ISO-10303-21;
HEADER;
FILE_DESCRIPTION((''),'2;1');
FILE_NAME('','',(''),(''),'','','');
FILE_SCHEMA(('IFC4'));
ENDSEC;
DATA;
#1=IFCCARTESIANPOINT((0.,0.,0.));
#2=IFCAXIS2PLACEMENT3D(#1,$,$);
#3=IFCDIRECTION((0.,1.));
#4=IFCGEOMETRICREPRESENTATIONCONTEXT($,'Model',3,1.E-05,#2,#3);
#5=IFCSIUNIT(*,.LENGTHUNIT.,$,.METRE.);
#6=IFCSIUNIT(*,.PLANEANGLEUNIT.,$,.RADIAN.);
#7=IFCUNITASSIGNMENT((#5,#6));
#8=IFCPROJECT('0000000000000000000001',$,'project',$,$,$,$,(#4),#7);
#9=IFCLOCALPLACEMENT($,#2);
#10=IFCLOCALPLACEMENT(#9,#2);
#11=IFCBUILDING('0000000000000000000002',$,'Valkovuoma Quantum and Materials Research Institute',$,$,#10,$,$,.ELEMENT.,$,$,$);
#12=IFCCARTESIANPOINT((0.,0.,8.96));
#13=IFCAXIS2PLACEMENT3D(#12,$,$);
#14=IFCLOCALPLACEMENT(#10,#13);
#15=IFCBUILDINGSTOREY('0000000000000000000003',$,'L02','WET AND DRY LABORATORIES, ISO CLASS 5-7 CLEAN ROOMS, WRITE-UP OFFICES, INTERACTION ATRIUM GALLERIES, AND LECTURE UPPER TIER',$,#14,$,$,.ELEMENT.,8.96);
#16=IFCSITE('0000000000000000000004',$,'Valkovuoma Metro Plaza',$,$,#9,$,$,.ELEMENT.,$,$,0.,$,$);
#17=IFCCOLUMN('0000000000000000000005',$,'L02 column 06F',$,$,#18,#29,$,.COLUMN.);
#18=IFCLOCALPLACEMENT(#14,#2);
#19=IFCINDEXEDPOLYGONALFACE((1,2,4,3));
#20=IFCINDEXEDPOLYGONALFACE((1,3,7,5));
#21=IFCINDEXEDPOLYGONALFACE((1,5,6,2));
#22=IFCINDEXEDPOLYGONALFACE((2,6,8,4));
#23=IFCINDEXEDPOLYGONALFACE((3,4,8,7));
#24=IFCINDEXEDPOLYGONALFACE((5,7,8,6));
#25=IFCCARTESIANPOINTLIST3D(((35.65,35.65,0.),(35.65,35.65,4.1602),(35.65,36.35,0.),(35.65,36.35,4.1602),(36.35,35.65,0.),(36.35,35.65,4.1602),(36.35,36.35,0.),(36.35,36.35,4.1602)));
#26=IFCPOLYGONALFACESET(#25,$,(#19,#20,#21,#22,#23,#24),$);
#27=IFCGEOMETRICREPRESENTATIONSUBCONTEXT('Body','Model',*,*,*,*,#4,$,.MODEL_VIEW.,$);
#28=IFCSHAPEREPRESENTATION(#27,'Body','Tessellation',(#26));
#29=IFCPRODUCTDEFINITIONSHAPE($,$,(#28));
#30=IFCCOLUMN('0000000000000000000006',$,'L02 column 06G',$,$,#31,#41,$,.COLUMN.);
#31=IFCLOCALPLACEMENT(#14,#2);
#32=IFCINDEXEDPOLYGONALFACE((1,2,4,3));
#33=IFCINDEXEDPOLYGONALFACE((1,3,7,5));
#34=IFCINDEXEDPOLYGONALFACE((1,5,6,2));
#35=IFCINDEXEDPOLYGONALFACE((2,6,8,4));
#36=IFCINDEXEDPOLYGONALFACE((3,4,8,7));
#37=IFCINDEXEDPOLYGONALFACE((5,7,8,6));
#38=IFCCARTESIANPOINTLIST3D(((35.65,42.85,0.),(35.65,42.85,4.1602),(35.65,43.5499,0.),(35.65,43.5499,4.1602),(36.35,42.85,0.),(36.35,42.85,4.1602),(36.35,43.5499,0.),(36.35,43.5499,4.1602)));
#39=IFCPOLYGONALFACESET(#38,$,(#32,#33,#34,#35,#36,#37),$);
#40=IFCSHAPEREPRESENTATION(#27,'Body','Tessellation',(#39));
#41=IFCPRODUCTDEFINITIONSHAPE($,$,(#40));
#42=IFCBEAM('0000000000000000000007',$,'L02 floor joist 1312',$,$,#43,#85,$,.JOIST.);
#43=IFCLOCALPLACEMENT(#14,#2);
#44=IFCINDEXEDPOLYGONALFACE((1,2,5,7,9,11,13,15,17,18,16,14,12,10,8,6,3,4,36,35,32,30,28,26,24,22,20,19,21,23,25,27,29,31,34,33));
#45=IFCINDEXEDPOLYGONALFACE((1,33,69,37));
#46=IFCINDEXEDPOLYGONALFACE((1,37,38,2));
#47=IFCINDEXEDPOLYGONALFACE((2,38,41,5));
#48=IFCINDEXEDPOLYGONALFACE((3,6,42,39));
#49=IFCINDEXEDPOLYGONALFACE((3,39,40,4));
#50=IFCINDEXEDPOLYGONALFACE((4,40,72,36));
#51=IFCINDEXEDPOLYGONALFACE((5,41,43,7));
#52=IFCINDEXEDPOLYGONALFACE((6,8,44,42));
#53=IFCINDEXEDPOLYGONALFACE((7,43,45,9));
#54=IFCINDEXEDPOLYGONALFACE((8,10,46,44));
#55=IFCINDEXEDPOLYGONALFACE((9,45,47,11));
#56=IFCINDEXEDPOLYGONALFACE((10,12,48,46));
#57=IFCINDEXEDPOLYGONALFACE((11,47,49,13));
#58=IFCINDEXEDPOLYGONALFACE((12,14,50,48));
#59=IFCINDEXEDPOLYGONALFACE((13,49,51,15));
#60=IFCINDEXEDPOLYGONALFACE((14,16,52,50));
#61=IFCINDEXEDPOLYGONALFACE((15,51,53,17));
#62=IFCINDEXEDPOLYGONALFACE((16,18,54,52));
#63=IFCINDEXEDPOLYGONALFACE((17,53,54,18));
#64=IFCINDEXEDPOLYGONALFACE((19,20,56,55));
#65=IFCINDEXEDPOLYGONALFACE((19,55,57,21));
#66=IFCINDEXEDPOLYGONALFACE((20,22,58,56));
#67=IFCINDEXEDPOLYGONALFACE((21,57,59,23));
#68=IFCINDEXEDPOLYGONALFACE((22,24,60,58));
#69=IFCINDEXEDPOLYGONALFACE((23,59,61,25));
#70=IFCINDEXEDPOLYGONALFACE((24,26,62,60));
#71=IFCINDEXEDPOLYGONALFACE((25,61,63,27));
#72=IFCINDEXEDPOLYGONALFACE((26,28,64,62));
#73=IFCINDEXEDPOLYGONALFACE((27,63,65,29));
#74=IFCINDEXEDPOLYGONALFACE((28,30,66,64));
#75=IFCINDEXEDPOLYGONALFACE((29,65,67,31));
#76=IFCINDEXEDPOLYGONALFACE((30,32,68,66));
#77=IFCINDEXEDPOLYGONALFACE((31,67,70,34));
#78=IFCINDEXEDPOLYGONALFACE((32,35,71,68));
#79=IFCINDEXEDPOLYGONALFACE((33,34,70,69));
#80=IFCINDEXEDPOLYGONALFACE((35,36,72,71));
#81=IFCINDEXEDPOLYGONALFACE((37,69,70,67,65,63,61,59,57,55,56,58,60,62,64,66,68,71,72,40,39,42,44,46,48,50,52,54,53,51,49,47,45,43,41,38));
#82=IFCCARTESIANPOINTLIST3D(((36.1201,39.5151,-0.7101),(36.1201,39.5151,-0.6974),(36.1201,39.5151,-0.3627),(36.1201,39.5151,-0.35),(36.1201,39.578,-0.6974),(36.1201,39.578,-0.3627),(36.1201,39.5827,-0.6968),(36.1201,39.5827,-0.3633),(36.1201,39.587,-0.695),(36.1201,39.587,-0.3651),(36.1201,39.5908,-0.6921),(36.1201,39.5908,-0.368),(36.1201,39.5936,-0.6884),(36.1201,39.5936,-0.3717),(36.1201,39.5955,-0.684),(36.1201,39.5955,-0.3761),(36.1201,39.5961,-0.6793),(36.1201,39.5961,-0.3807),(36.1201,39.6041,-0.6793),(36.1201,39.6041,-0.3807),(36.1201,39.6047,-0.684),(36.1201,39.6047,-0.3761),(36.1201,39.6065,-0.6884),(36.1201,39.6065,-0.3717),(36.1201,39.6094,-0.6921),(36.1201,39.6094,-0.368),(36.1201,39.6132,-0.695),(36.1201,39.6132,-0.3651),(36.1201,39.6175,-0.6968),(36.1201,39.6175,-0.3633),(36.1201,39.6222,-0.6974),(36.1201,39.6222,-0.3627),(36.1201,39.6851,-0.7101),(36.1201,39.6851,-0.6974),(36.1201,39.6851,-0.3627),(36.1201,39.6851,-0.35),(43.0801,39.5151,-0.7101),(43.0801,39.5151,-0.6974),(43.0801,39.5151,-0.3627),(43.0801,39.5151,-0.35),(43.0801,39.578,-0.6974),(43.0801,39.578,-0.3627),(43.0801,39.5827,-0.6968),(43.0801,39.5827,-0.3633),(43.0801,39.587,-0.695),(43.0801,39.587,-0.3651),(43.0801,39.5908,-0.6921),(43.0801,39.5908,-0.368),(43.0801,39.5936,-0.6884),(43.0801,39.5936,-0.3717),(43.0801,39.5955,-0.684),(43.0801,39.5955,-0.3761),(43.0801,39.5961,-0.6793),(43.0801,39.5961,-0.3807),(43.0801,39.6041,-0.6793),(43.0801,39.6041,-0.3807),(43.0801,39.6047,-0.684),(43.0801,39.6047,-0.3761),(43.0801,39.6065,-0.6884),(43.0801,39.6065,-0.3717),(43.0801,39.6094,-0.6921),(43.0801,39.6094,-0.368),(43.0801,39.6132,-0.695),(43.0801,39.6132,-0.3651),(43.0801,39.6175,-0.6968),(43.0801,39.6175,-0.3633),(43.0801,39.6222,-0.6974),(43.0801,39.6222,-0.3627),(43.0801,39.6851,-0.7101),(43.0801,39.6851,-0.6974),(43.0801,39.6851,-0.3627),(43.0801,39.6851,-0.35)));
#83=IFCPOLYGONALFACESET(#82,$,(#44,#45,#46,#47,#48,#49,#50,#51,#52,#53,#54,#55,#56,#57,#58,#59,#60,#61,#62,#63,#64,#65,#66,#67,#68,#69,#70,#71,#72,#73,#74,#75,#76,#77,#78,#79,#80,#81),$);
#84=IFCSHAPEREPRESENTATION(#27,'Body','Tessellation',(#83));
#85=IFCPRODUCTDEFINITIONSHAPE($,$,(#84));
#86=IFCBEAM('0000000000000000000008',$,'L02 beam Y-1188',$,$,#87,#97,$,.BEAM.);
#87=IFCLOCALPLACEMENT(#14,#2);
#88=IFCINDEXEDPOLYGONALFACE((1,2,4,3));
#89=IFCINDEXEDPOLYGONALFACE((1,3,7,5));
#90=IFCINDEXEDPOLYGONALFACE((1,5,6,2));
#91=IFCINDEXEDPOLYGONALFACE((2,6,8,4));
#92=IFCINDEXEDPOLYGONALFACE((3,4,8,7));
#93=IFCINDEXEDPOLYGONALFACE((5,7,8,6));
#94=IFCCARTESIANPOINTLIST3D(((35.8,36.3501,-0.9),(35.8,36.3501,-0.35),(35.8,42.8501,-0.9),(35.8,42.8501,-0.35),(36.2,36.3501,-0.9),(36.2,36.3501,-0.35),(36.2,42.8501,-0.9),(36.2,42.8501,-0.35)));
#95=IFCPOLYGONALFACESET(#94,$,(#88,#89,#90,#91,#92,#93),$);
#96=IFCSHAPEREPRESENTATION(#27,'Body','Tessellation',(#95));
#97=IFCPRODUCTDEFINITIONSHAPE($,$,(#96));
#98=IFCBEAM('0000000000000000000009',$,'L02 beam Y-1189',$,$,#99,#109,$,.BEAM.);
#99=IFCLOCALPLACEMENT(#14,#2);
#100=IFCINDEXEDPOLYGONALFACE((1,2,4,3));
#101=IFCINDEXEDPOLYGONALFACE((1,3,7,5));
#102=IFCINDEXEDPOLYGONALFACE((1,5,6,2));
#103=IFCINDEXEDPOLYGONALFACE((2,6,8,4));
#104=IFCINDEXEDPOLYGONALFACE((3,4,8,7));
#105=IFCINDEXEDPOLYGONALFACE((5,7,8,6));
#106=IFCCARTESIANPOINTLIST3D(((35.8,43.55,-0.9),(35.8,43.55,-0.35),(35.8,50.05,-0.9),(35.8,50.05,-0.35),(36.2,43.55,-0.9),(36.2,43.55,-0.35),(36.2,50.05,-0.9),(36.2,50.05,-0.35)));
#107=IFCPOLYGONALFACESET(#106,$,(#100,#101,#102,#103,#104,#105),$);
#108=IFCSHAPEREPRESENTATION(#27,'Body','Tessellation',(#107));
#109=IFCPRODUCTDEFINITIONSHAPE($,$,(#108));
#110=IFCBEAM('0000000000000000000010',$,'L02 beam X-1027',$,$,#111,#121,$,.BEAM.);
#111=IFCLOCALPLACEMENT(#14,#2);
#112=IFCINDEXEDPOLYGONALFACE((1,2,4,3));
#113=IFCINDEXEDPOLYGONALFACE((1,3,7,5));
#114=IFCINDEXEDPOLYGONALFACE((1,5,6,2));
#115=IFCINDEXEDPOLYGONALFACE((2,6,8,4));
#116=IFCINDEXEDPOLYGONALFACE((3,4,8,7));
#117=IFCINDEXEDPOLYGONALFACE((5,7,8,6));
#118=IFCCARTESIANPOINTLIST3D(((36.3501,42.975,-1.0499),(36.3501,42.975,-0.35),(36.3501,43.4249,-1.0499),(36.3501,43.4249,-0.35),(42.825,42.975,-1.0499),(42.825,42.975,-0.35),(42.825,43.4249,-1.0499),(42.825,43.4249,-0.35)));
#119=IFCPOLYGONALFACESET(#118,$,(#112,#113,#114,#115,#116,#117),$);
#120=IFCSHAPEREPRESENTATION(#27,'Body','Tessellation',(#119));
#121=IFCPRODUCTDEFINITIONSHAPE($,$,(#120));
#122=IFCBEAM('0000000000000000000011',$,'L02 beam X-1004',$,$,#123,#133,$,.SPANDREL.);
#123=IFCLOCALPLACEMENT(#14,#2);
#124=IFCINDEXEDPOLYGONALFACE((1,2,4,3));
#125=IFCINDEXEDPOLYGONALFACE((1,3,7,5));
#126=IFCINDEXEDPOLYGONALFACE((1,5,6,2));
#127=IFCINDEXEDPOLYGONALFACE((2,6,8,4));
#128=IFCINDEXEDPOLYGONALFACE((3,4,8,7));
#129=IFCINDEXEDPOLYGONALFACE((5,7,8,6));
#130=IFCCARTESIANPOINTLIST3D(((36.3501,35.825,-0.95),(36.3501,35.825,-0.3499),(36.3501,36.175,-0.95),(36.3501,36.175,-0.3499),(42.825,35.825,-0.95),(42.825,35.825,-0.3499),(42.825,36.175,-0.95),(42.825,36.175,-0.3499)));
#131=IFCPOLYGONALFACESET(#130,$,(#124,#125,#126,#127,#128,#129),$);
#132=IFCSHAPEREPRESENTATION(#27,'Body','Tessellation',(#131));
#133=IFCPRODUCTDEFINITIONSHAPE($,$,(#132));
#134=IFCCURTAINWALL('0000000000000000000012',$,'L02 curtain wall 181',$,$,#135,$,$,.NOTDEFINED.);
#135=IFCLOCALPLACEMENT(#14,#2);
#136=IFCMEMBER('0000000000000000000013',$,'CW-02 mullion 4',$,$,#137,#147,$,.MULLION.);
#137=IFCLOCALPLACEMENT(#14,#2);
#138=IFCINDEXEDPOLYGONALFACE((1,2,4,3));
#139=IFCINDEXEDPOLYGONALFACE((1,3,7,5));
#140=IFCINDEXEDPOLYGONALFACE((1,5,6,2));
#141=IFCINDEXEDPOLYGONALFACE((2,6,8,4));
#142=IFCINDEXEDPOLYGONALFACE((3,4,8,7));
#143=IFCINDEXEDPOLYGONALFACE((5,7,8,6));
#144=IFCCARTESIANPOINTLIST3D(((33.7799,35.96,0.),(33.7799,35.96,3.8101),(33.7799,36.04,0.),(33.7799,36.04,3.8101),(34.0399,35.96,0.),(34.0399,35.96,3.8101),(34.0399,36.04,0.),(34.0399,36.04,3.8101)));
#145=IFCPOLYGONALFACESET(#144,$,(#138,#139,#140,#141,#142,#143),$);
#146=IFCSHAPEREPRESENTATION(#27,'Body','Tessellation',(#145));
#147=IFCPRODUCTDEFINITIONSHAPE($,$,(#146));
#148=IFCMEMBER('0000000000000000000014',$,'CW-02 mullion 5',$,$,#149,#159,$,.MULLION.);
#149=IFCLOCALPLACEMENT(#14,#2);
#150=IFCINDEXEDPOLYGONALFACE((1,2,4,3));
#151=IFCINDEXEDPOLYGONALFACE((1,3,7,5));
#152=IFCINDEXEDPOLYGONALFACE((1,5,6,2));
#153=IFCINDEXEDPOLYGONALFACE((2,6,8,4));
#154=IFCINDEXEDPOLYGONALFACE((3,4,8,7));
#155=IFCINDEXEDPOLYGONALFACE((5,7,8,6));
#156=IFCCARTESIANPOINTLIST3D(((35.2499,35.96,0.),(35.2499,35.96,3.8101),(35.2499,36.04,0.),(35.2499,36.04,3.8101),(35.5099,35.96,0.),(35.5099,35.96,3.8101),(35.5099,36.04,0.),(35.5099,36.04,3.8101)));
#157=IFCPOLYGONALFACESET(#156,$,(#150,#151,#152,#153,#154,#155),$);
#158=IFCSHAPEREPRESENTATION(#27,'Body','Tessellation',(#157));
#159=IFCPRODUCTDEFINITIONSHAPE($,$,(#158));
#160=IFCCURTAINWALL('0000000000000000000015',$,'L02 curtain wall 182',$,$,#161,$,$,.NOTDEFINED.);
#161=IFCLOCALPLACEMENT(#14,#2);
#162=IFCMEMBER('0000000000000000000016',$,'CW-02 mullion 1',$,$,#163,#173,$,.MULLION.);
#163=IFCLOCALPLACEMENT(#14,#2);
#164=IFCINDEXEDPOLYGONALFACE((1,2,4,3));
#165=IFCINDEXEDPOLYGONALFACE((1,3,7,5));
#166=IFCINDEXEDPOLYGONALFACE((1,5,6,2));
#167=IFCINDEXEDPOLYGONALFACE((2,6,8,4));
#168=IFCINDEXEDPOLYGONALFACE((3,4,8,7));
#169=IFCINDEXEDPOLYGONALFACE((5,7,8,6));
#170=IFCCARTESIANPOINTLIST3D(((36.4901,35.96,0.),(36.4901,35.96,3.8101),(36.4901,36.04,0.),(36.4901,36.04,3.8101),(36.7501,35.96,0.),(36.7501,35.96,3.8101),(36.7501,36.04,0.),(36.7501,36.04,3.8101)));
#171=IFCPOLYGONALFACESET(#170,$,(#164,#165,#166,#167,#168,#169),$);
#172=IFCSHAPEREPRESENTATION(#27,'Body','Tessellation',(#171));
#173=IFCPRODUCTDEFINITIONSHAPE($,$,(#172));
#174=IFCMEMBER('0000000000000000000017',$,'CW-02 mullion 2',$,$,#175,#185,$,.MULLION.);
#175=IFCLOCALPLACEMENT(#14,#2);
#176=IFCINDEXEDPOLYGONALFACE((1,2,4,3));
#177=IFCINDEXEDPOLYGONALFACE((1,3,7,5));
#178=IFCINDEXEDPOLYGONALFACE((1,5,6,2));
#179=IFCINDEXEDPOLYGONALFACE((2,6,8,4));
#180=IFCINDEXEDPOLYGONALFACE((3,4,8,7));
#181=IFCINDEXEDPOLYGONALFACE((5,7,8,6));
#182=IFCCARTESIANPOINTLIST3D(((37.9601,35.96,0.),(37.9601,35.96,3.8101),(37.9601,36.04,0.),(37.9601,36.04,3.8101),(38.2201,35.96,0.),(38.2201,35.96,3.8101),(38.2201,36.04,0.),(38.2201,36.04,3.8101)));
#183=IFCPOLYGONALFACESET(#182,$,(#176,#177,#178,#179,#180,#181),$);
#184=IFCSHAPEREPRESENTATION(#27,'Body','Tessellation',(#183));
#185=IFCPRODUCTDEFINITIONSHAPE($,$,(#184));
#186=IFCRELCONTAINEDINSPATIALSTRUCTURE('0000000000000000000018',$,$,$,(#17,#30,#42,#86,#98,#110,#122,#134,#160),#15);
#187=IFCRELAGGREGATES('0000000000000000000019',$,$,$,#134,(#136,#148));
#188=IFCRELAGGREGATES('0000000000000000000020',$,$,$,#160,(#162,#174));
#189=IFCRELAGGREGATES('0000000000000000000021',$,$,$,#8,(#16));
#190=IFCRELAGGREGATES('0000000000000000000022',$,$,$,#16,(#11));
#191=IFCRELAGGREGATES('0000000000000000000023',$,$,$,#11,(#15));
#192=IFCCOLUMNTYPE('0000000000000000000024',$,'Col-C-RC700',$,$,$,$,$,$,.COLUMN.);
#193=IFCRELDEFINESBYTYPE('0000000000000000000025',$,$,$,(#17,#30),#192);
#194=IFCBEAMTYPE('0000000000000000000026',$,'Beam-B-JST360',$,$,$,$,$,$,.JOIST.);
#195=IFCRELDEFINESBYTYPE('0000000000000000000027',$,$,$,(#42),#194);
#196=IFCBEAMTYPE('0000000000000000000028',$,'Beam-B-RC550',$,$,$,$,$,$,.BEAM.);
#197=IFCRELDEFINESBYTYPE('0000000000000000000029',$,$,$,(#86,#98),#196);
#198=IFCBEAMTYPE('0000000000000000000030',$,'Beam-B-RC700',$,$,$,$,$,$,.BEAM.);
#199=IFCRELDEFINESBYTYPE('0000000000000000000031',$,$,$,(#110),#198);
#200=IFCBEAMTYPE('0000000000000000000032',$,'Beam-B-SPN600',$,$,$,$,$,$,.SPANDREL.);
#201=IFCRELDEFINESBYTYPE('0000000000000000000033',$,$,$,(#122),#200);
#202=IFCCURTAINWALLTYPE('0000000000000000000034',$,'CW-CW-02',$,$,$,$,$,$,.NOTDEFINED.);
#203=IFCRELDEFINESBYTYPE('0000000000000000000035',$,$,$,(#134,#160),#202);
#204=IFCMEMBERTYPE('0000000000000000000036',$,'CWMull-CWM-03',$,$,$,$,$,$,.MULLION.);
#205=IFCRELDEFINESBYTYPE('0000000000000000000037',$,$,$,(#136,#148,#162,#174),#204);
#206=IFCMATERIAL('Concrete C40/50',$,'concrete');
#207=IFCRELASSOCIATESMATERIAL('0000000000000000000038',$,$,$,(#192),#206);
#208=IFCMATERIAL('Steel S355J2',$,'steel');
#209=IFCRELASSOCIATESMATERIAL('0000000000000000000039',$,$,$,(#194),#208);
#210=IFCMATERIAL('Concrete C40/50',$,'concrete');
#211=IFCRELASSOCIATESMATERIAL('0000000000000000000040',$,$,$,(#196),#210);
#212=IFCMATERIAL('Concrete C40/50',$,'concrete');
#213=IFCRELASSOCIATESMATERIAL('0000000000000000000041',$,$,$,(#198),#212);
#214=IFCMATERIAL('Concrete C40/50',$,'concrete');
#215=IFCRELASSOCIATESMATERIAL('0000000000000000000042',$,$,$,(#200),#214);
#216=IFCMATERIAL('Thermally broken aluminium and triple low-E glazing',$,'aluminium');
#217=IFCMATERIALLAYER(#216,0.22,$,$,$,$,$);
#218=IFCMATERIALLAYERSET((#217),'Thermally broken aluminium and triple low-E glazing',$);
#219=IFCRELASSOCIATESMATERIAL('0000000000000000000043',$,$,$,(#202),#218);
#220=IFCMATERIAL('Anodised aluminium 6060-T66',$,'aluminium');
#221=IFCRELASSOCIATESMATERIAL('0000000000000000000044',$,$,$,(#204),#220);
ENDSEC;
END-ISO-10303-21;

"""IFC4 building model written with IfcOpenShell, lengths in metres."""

from ifc_helpers import new_model, si_unit, direction, frame, origin, origin_2d, place, context, subcontext, project, spatial, rectangle, i_section, extrude, material, layer, layer_set, material_profile, profile_set, type_object, element, aggregate, save


model = new_model("IFC4")

# Units and contexts
model_context = context("Model", 3, precision=1e-05, world=origin(), true_north=direction((0.0, 1.0)))
body_context = subcontext(model_context, "Body", "Model", "MODEL_VIEW")
ifc_project = project(units=[si_unit("LENGTHUNIT", "METRE"), si_unit("PLANEANGLEUNIT", "RADIAN")], contexts=[model_context])

# Site, building, storey
site_placement = place(None, origin())
site = spatial("IfcSite", under=ifc_project, at=site_placement, Name="Valkovuoma Metro Plaza", CompositionType="ELEMENT", RefElevation=0.0)
building_placement = place(site_placement, origin())
building = spatial("IfcBuilding", under=site, at=building_placement, Name="Valkovuoma Quantum and Materials Research Institute", CompositionType="ELEMENT")
storey_placement = place(building_placement, frame((0.0, 0.0, 8.96)))
storey = spatial("IfcBuildingStorey", under=building, at=storey_placement, Name="L02", Description="WET AND DRY LABORATORIES, ISO CLASS 5-7 CLEAN ROOMS, WRITE-UP OFFICES, INTERACTION ATRIUM GALLERIES, AND LECTURE UPPER TIER", CompositionType="ELEMENT", Elevation=8.96)

# Columns
ifc_material_1 = material(Name="Concrete C40/50", Category="concrete")
ifc_material_profile_1 = material_profile(ifc_material_1, rectangle(XDim=0.7, YDim=0.7, at=origin_2d()), Name="Concrete C40/50")
ifc_profile_set_1 = profile_set([ifc_material_profile_1], Name="Concrete C40/50")
column_type = type_object("IfcColumnType", Name="Col-C-RC700", PredefinedType="COLUMN", material=ifc_profile_set_1)
for number, where, z_axis, x_axis, name in (
    (1, (36.0, 36.0, 0.0), (0.0, 0.0, 1.0), (1.0, 0.0, 0.0), "L02 column 06F"),
    (2, (36.0, 43.2, 0.0), (0.0, 0.0, 1.0), (1.0, 0.0, 0.0), "L02 column 06G"),
):
    element("IfcColumn", number, at=place(storey_placement, frame(where, z_axis=z_axis, x_axis=x_axis)), inside=storey, type_object=column_type, Name=name, PredefinedType="COLUMN", context=body_context, shape_type="SweptSolid", body=[
        extrude(rectangle(XDim=0.7, YDim=0.7, at=origin_2d()), origin(), (0.0, 0.0, 1.0), 4.1602),
    ])

# Beams
ifc_material_2 = material(Name="Steel S355J2", Category="steel")
ifc_material_profile_2 = material_profile(ifc_material_2, i_section(OverallWidth=0.1699, OverallDepth=0.3601, WebThickness=0.0081, FlangeThickness=0.0127, FilletRadius=0.0181, at=origin_2d()), Name="Steel S355J2")
ifc_profile_set_2 = profile_set([ifc_material_profile_2], Name="Steel S355J2")
beam_type_1 = type_object("IfcBeamType", Name="Beam-B-JST360", PredefinedType="JOIST", material=ifc_profile_set_2)
beam_1_placement = place(storey_placement, frame((36.1201, 39.6001, -0.53), z_axis=(1.0, 0.0, 0.0), x_axis=(0.0, 1.0, 0.0)))
element("IfcBeam", 3, at=beam_1_placement, inside=storey, type_object=beam_type_1, Name="L02 floor joist 1312", PredefinedType="JOIST", context=body_context, shape_type="SweptSolid", body=[
    extrude(i_section(OverallWidth=0.1699, OverallDepth=0.3601, WebThickness=0.0081, FlangeThickness=0.0127, FilletRadius=0.0181, at=origin_2d()), origin(), (0.0, 0.0, 1.0), 6.96),
])
ifc_material_3 = material(Name="Concrete C40/50", Category="concrete")
ifc_material_profile_3 = material_profile(ifc_material_3, rectangle(XDim=0.3999, YDim=0.55, at=origin_2d()), Name="Concrete C40/50")
ifc_profile_set_3 = profile_set([ifc_material_profile_3], Name="Concrete C40/50")
beam_type_2 = type_object("IfcBeamType", Name="Beam-B-RC550", PredefinedType="BEAM", material=ifc_profile_set_3)
for number, where, z_axis, x_axis, name in (
    (4, (36.0, 36.3501, -0.625), (0.0, 1.0, 0.0), (-1.0, 0.0, 0.0), "L02 beam Y-1188"),
    (5, (36.0, 43.55, -0.625), (0.0, 1.0, 0.0), (-1.0, 0.0, 0.0), "L02 beam Y-1189"),
):
    element("IfcBeam", number, at=place(storey_placement, frame(where, z_axis=z_axis, x_axis=x_axis)), inside=storey, type_object=beam_type_2, Name=name, PredefinedType="BEAM", context=body_context, shape_type="SweptSolid", body=[
        extrude(rectangle(XDim=0.3999, YDim=0.55, at=origin_2d()), origin(), (0.0, 0.0, 1.0), 6.5),
    ])
ifc_material_4 = material(Name="Concrete C40/50", Category="concrete")
ifc_material_profile_4 = material_profile(ifc_material_4, rectangle(XDim=0.45, YDim=0.7, at=origin_2d()), Name="Concrete C40/50")
ifc_profile_set_4 = profile_set([ifc_material_profile_4], Name="Concrete C40/50")
beam_type_3 = type_object("IfcBeamType", Name="Beam-B-RC700", PredefinedType="BEAM", material=ifc_profile_set_4)
beam_2_placement = place(storey_placement, frame((36.3501, 43.2, -0.7), z_axis=(1.0, 0.0, 0.0), x_axis=(0.0, 1.0, 0.0)))
element("IfcBeam", 6, at=beam_2_placement, inside=storey, type_object=beam_type_3, Name="L02 beam X-1027", PredefinedType="BEAM", context=body_context, shape_type="SweptSolid", body=[
    extrude(rectangle(XDim=0.45, YDim=0.7, at=origin_2d()), origin(), (0.0, 0.0, 1.0), 6.4749),
])
ifc_material_5 = material(Name="Concrete C40/50", Category="concrete")
ifc_material_profile_5 = material_profile(ifc_material_5, rectangle(XDim=0.3501, YDim=0.6001, at=origin_2d()), Name="Concrete C40/50")
ifc_profile_set_5 = profile_set([ifc_material_profile_5], Name="Concrete C40/50")
beam_type_4 = type_object("IfcBeamType", Name="Beam-B-SPN600", PredefinedType="SPANDREL", material=ifc_profile_set_5)
beam_3_placement = place(storey_placement, frame((36.3501, 36.0, -0.6499), z_axis=(1.0, 0.0, 0.0), x_axis=(0.0, 1.0, 0.0)))
element("IfcBeam", 7, at=beam_3_placement, inside=storey, type_object=beam_type_4, Name="L02 beam X-1004", PredefinedType="SPANDREL", context=body_context, shape_type="SweptSolid", body=[
    extrude(rectangle(XDim=0.3501, YDim=0.6001, at=origin_2d()), origin(), (0.0, 0.0, 1.0), 6.4749),
])

# Curtain walls, members
ifc_material_6 = material(Name="Thermally broken aluminium and triple low-E glazing", Category="aluminium")
ifc_layer_1 = layer(ifc_material_6, 0.22)
ifc_layer_set_1 = layer_set([ifc_layer_1], Name="Thermally broken aluminium and triple low-E glazing")
curtain_wall_type = type_object("IfcCurtainWallType", Name="CW-CW-02", PredefinedType="NOTDEFINED", material=ifc_layer_set_1)
curtain_wall_1_placement = place(storey_placement, origin())
curtain_wall_1 = element("IfcCurtainWall", 8, at=curtain_wall_1_placement, inside=storey, type_object=curtain_wall_type, Name="L02 curtain wall 181", PredefinedType="NOTDEFINED")
ifc_material_7 = material(Name="Anodised aluminium 6060-T66", Category="aluminium")
ifc_material_profile_6 = material_profile(ifc_material_7, rectangle(XDim=0.0801, YDim=0.26, at=origin_2d()), Name="Anodised aluminium 6060-T66")
ifc_profile_set_6 = profile_set([ifc_material_profile_6], Name="Anodised aluminium 6060-T66")
member_type_1 = type_object("IfcMemberType", Name="CWMull-CWM-03", PredefinedType="MULLION", material=ifc_profile_set_6)
member_1_placement = place(storey_placement, frame((33.9099, 36.0, 0.0), z_axis=(0.0, 0.0, 1.0), x_axis=(0.0, 1.0, 0.0)))
member_1 = element("IfcMember", 9, at=member_1_placement, type_object=member_type_1, Name="CW-02 mullion 4", PredefinedType="MULLION", context=body_context, shape_type="SweptSolid", body=[
    extrude(rectangle(XDim=0.0801, YDim=0.26, at=origin_2d()), origin(), (0.0, 0.0, 1.0), 3.8101),
])
member_2_placement = place(storey_placement, frame((35.3799, 36.0, 0.0), z_axis=(0.0, 0.0, 1.0), x_axis=(0.0, 1.0, 0.0)))
member_2 = element("IfcMember", 10, at=member_2_placement, type_object=member_type_1, Name="CW-02 mullion 5", PredefinedType="MULLION", context=body_context, shape_type="SweptSolid", body=[
    extrude(rectangle(XDim=0.0801, YDim=0.26, at=origin_2d()), origin(), (0.0, 0.0, 1.0), 3.8101),
])
curtain_wall_2_placement = place(storey_placement, origin())
curtain_wall_2 = element("IfcCurtainWall", 11, at=curtain_wall_2_placement, inside=storey, type_object=curtain_wall_type, Name="L02 curtain wall 182", PredefinedType="NOTDEFINED")
member_3_placement = place(storey_placement, frame((36.6201, 36.0, 0.0), z_axis=(0.0, 0.0, 1.0), x_axis=(0.0, 1.0, 0.0)))
member_3 = element("IfcMember", 12, at=member_3_placement, type_object=member_type_1, Name="CW-02 mullion 1", PredefinedType="MULLION", context=body_context, shape_type="SweptSolid", body=[
    extrude(rectangle(XDim=0.0801, YDim=0.26, at=origin_2d()), origin(), (0.0, 0.0, 1.0), 3.8101),
])
member_4_placement = place(storey_placement, frame((38.0901, 36.0, 0.0), z_axis=(0.0, 0.0, 1.0), x_axis=(0.0, 1.0, 0.0)))
member_4 = element("IfcMember", 13, at=member_4_placement, type_object=member_type_1, Name="CW-02 mullion 2", PredefinedType="MULLION", context=body_context, shape_type="SweptSolid", body=[
    extrude(rectangle(XDim=0.0801, YDim=0.26, at=origin_2d()), origin(), (0.0, 0.0, 1.0), 3.8101),
])

aggregate(curtain_wall_1, [member_1, member_2])
aggregate(curtain_wall_2, [member_3, member_4])

save(model, "model.ifc")
